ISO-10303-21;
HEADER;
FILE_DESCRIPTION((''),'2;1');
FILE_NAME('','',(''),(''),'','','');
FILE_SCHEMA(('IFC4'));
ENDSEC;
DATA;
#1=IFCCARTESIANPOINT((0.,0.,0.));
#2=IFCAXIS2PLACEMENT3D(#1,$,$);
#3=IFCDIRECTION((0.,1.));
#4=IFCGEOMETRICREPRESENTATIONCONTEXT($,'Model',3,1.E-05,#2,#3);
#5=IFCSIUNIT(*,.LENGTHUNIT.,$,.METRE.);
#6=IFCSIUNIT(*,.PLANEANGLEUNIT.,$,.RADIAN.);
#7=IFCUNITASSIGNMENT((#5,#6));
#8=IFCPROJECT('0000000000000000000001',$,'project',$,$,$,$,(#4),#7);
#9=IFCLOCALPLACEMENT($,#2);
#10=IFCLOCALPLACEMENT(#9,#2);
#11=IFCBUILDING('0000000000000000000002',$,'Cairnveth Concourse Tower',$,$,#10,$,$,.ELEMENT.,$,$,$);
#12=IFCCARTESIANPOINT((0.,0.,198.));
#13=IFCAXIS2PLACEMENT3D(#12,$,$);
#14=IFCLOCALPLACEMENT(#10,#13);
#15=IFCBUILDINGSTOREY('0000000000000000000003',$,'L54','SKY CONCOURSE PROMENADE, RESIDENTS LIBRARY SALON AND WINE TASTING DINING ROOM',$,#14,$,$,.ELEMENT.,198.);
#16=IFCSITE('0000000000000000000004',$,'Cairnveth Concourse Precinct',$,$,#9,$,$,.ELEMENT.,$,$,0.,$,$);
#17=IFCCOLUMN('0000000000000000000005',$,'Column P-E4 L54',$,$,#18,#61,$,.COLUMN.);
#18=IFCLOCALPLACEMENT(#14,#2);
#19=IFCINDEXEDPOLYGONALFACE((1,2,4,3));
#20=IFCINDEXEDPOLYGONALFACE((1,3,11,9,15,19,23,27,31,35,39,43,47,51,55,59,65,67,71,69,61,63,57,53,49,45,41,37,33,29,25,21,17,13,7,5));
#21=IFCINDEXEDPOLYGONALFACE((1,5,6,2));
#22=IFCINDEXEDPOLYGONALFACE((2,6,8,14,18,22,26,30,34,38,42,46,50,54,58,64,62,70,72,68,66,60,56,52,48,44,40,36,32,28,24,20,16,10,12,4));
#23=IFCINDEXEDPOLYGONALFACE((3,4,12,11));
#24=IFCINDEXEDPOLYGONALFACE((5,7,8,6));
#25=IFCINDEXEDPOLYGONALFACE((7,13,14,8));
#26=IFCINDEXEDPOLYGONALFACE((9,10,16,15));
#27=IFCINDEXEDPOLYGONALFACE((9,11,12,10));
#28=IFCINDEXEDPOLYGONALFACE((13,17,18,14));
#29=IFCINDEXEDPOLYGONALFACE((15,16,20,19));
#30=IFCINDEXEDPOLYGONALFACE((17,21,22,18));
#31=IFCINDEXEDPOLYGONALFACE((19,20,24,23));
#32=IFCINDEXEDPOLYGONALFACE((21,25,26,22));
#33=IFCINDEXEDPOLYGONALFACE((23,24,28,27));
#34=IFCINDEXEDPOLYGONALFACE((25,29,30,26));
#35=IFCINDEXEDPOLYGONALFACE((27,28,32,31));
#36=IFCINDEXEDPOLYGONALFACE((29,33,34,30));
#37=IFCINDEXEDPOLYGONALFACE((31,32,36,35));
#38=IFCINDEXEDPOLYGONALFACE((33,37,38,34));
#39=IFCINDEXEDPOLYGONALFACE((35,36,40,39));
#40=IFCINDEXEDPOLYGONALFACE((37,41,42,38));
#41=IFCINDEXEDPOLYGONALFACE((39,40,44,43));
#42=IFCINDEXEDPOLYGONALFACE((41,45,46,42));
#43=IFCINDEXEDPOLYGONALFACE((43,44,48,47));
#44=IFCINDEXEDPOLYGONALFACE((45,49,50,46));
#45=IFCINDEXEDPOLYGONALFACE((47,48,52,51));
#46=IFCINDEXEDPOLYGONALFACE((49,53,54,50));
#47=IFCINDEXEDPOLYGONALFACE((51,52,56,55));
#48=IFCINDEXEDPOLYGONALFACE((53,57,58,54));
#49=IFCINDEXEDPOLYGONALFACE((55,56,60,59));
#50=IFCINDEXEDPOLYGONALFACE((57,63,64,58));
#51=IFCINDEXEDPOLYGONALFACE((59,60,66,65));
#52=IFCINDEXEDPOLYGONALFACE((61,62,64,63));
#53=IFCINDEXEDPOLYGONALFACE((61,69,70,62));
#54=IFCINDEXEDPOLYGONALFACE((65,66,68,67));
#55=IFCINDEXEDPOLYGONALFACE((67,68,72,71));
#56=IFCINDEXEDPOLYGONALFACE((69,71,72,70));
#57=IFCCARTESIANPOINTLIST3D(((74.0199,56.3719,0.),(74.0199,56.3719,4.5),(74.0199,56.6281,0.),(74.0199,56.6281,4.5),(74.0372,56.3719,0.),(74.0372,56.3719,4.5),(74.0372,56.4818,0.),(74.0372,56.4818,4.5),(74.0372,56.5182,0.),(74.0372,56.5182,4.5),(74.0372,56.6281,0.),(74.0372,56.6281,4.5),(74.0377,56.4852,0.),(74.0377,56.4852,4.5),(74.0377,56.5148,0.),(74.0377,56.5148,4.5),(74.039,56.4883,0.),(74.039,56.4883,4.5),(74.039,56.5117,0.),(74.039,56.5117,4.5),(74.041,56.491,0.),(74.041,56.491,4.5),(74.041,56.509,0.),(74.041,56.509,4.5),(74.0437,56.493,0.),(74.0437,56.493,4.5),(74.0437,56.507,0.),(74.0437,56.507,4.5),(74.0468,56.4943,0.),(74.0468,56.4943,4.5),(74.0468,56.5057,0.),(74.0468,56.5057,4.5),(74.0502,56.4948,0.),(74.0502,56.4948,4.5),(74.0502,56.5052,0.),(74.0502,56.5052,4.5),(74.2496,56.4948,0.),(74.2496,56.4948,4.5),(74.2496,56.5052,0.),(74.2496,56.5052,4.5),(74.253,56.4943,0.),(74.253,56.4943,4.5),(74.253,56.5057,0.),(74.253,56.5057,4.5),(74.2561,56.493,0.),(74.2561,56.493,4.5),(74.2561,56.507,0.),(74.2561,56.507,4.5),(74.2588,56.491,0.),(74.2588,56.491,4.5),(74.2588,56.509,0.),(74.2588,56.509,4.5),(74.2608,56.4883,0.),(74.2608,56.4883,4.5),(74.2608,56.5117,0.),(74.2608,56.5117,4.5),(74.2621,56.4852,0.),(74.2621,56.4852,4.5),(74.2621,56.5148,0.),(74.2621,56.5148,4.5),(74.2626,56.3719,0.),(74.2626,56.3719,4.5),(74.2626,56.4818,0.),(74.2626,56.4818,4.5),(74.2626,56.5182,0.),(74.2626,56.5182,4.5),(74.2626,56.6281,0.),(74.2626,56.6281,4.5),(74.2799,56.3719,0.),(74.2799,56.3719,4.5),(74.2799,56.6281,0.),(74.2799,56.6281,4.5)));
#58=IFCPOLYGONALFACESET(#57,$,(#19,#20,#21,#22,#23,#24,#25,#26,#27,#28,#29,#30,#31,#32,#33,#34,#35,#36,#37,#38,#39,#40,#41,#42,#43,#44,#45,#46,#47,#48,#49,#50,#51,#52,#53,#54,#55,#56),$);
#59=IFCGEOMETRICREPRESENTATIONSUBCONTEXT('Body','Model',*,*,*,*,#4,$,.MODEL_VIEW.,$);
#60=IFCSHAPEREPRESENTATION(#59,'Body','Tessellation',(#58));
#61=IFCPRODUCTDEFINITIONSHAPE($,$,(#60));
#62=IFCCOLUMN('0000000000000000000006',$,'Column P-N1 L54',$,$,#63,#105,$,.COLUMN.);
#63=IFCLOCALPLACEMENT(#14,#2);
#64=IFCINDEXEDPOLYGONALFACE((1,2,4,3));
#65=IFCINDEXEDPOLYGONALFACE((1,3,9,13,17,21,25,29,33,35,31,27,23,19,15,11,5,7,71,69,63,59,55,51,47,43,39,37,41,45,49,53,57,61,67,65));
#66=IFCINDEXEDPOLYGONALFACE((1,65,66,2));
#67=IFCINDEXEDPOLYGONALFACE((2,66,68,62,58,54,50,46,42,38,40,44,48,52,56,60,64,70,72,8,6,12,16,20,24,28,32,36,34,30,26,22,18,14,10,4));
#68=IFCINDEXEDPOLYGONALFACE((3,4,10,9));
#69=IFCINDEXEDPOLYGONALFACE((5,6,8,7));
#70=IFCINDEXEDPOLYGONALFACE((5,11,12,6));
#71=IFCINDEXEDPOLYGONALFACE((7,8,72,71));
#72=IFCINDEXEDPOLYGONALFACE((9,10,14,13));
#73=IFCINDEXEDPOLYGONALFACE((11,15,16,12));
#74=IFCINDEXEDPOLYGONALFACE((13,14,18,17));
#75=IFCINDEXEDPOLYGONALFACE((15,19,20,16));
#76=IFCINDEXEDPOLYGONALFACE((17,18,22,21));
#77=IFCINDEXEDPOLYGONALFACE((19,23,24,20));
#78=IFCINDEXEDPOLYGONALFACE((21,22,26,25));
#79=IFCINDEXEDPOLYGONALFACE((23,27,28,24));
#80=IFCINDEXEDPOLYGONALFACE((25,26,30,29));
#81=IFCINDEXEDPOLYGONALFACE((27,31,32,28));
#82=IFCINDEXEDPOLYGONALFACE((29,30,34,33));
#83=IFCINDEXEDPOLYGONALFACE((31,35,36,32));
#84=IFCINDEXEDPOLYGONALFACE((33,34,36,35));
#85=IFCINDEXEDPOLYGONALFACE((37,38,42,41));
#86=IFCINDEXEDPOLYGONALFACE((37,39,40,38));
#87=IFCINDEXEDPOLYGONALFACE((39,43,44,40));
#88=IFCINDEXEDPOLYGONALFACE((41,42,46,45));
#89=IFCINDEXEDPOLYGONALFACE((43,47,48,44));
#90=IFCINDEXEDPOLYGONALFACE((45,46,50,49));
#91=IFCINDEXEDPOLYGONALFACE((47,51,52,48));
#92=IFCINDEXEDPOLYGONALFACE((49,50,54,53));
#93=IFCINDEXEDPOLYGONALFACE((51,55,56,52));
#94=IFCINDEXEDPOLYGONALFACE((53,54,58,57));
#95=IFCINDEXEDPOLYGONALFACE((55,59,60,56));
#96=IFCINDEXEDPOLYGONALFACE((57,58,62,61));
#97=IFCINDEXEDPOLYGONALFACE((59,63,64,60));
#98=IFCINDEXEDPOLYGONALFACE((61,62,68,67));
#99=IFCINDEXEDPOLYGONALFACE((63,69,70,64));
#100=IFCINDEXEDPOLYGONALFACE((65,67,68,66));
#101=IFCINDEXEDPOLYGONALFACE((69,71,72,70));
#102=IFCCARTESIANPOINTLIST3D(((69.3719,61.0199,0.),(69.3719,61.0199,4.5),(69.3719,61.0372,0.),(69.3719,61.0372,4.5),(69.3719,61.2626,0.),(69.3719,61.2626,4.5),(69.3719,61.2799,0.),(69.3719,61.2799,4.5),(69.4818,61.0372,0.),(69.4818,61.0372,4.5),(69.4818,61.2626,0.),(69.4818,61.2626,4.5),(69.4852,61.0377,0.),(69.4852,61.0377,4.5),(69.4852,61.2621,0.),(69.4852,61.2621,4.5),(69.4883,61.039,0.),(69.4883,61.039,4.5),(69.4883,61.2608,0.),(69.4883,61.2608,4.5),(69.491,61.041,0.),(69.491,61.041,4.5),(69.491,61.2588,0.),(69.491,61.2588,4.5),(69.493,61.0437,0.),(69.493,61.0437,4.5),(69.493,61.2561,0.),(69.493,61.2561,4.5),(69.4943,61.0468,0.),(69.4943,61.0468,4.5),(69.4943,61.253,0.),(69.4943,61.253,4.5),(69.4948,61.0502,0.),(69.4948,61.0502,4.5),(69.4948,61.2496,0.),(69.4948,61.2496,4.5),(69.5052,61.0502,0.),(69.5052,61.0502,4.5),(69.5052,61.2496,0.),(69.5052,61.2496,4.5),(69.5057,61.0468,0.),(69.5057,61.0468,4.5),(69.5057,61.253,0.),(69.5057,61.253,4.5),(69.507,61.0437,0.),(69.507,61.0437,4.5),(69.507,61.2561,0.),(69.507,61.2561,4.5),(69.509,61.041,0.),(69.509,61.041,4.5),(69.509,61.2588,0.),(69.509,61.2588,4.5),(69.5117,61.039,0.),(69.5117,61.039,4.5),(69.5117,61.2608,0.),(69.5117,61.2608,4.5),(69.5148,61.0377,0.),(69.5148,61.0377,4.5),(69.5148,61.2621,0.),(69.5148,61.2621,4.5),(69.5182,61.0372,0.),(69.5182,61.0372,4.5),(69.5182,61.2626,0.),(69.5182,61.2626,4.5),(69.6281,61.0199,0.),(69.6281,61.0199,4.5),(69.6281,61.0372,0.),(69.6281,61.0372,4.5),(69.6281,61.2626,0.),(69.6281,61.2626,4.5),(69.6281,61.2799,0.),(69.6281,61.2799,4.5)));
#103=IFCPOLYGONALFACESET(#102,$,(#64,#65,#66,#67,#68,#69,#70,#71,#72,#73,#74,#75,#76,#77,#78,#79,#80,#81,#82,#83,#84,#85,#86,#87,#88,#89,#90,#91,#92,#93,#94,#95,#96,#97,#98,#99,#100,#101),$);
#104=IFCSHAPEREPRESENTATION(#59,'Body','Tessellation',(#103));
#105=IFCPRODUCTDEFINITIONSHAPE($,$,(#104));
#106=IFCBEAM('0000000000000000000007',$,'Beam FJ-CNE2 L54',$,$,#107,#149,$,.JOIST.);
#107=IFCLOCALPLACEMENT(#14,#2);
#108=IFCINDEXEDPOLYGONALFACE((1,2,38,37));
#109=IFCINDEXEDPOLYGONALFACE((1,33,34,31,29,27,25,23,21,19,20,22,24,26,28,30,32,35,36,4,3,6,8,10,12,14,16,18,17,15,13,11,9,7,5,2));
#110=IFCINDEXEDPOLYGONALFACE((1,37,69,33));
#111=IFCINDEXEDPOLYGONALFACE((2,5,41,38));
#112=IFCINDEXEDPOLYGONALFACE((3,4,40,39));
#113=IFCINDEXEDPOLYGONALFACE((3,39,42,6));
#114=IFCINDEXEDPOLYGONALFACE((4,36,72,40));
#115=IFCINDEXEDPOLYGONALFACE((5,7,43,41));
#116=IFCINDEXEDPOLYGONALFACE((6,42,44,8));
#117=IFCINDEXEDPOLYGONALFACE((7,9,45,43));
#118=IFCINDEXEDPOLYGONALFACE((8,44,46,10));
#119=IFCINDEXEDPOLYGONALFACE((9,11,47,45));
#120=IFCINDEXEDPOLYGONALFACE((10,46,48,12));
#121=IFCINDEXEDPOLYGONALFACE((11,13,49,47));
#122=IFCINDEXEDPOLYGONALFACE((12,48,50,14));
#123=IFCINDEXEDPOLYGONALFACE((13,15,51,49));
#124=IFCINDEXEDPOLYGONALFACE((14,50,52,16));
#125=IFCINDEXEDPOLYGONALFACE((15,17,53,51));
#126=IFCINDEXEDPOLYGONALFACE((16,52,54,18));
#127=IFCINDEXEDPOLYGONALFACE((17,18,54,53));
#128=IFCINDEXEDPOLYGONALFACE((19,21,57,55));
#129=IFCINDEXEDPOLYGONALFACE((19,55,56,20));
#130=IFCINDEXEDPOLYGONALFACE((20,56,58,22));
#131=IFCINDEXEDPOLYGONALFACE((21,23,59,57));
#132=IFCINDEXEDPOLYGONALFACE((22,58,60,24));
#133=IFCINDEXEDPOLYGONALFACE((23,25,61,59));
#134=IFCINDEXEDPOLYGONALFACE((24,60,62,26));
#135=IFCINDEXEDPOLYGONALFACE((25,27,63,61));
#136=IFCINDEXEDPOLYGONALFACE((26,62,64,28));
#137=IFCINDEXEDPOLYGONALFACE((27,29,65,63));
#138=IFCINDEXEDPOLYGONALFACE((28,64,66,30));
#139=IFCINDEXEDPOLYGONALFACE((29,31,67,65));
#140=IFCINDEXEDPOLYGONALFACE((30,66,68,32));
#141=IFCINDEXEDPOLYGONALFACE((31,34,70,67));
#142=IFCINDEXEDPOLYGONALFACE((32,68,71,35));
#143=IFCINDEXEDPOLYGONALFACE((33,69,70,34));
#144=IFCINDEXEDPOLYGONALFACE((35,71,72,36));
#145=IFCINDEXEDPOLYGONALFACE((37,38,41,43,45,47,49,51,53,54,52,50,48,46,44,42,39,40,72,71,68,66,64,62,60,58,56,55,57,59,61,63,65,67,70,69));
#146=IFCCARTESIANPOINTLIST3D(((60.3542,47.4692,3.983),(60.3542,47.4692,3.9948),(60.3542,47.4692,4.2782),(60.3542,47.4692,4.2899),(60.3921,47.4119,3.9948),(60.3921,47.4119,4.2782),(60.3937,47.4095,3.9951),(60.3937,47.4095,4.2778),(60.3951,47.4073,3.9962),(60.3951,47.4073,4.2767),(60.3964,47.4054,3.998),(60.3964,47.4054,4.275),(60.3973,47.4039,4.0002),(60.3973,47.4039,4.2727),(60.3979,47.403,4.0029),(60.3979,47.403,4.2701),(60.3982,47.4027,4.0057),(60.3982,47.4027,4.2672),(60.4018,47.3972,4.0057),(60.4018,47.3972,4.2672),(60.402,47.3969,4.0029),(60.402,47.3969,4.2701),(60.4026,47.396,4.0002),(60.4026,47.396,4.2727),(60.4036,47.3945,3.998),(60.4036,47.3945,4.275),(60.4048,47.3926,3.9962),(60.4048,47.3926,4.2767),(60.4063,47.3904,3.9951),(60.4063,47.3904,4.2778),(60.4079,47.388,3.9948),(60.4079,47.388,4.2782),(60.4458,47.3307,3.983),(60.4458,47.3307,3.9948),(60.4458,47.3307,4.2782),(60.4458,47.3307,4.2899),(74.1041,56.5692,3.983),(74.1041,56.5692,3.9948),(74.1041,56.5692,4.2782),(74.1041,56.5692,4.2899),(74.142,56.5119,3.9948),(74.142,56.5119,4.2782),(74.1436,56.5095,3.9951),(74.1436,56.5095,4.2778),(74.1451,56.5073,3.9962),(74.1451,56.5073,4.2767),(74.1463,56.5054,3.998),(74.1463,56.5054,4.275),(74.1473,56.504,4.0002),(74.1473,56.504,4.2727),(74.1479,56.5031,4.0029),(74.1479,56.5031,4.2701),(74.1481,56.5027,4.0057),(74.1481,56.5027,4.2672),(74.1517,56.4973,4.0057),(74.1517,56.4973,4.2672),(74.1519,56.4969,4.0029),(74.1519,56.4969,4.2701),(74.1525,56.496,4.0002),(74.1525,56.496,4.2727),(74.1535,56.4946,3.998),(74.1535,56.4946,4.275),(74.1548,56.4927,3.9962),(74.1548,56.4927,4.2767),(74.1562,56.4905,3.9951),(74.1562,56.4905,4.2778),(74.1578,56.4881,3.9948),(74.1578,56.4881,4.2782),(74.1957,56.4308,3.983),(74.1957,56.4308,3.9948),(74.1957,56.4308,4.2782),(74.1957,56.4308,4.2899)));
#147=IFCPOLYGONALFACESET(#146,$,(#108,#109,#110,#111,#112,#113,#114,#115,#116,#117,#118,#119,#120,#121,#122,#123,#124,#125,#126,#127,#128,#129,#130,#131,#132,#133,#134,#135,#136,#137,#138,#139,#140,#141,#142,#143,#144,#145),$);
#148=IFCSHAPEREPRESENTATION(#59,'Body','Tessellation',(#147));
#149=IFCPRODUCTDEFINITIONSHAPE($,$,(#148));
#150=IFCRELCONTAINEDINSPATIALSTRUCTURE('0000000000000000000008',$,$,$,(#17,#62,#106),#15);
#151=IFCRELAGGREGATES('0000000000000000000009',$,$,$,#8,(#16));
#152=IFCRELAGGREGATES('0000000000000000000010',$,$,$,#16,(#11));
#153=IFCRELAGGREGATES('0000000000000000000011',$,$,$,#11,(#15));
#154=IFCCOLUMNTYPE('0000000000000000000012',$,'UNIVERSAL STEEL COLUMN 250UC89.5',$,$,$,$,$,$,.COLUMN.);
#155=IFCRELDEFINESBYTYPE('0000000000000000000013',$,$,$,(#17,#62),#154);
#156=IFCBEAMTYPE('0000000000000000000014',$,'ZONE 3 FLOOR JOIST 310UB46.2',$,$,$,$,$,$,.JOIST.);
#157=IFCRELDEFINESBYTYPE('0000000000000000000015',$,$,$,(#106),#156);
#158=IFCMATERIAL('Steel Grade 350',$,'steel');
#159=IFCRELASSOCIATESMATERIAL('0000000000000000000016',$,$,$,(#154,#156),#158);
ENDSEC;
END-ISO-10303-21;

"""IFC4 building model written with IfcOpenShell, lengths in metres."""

from ifc_helpers import new_model, si_unit, direction, frame, origin, origin_2d, place, context, subcontext, project, spatial, i_section, extrude, material, material_profile, profile_set, type_object, element, save


model = new_model("IFC4")

# Units and contexts
model_context = context("Model", 3, precision=1e-05, world=origin(), true_north=direction((0.0, 1.0)))
body_context = subcontext(model_context, "Body", "Model", "MODEL_VIEW")
ifc_project = project(units=[si_unit("LENGTHUNIT", "METRE"), si_unit("PLANEANGLEUNIT", "RADIAN")], contexts=[model_context])

# Site, building, storey
site_placement = place(None, origin())
site = spatial("IfcSite", under=ifc_project, at=site_placement, Name="Cairnveth Concourse Precinct", CompositionType="ELEMENT", RefElevation=0.0)
building_placement = place(site_placement, origin())
building = spatial("IfcBuilding", under=site, at=building_placement, Name="Cairnveth Concourse Tower", CompositionType="ELEMENT")
storey_placement = place(building_placement, frame((0.0, 0.0, 198.0)))
storey = spatial("IfcBuildingStorey", under=building, at=storey_placement, Name="L54", Description="SKY CONCOURSE PROMENADE, RESIDENTS LIBRARY SALON AND WINE TASTING DINING ROOM", CompositionType="ELEMENT", Elevation=198.0)

# Columns
ifc_material_1 = material(Name="Steel Grade 350", Category="steel")
ifc_material_profile_1 = material_profile(ifc_material_1, i_section(OverallWidth=0.2561, OverallDepth=0.26, WebThickness=0.0105, FlangeThickness=0.0173, FilletRadius=0.0129, at=origin_2d()), Name="250UC89.5")
ifc_profile_set_1 = profile_set([ifc_material_profile_1], Name="Steel Grade 350")
column_type = type_object("IfcColumnType", Name="UNIVERSAL STEEL COLUMN 250UC89.5", PredefinedType="COLUMN", material=ifc_profile_set_1)
for number, where, z_axis, x_axis, name in (
    (1, (74.1499, 56.5, 0.0), (0.0, 0.0, 1.0), (0.0, 1.0, 0.0), "Column P-E4 L54"),
    (2, (69.5, 61.1499, 0.0), (0.0, 0.0, 1.0), (1.0, 0.0, 0.0), "Column P-N1 L54"),
):
    element("IfcColumn", number, at=place(storey_placement, frame(where, z_axis=z_axis, x_axis=x_axis)), inside=storey, type_object=column_type, Name=name, PredefinedType="COLUMN", context=body_context, shape_type="SweptSolid", body=[
        extrude(i_section(OverallWidth=0.2561, OverallDepth=0.26, WebThickness=0.0105, FlangeThickness=0.0173, FilletRadius=0.0129, at=origin_2d()), origin(), (0.0, 0.0, 1.0), 4.5),
    ])

# Beam
ifc_material_profile_2 = material_profile(ifc_material_1, i_section(OverallWidth=0.166, OverallDepth=0.3069, WebThickness=0.0066, FlangeThickness=0.0117, FilletRadius=0.011, at=origin_2d()), Name="310UB46.2")
ifc_profile_set_2 = profile_set([ifc_material_profile_2], Name="Steel Grade 350")
beam_type_1 = type_object("IfcBeamType", Name="ZONE 3 FLOOR JOIST 310UB46.2", PredefinedType="JOIST", material=ifc_profile_set_2)
beam_1_placement = place(storey_placement, frame((74.1499, 56.5, 4.1365), z_axis=(-0.833909, -0.551902, 0.0), x_axis=(0.551902, -0.833909, 0.0)))
element("IfcBeam", 3, at=beam_1_placement, inside=storey, type_object=beam_type_1, Name="Beam FJ-CNE2 L54", PredefinedType="JOIST", context=body_context, shape_type="SweptSolid", body=[
    extrude(i_section(OverallWidth=0.166, OverallDepth=0.3069, WebThickness=0.0066, FlangeThickness=0.0117, FilletRadius=0.011, at=origin_2d()), origin(), (0.0, 0.0, 1.0), 16.4885),
])

save(model, "model.ifc")
